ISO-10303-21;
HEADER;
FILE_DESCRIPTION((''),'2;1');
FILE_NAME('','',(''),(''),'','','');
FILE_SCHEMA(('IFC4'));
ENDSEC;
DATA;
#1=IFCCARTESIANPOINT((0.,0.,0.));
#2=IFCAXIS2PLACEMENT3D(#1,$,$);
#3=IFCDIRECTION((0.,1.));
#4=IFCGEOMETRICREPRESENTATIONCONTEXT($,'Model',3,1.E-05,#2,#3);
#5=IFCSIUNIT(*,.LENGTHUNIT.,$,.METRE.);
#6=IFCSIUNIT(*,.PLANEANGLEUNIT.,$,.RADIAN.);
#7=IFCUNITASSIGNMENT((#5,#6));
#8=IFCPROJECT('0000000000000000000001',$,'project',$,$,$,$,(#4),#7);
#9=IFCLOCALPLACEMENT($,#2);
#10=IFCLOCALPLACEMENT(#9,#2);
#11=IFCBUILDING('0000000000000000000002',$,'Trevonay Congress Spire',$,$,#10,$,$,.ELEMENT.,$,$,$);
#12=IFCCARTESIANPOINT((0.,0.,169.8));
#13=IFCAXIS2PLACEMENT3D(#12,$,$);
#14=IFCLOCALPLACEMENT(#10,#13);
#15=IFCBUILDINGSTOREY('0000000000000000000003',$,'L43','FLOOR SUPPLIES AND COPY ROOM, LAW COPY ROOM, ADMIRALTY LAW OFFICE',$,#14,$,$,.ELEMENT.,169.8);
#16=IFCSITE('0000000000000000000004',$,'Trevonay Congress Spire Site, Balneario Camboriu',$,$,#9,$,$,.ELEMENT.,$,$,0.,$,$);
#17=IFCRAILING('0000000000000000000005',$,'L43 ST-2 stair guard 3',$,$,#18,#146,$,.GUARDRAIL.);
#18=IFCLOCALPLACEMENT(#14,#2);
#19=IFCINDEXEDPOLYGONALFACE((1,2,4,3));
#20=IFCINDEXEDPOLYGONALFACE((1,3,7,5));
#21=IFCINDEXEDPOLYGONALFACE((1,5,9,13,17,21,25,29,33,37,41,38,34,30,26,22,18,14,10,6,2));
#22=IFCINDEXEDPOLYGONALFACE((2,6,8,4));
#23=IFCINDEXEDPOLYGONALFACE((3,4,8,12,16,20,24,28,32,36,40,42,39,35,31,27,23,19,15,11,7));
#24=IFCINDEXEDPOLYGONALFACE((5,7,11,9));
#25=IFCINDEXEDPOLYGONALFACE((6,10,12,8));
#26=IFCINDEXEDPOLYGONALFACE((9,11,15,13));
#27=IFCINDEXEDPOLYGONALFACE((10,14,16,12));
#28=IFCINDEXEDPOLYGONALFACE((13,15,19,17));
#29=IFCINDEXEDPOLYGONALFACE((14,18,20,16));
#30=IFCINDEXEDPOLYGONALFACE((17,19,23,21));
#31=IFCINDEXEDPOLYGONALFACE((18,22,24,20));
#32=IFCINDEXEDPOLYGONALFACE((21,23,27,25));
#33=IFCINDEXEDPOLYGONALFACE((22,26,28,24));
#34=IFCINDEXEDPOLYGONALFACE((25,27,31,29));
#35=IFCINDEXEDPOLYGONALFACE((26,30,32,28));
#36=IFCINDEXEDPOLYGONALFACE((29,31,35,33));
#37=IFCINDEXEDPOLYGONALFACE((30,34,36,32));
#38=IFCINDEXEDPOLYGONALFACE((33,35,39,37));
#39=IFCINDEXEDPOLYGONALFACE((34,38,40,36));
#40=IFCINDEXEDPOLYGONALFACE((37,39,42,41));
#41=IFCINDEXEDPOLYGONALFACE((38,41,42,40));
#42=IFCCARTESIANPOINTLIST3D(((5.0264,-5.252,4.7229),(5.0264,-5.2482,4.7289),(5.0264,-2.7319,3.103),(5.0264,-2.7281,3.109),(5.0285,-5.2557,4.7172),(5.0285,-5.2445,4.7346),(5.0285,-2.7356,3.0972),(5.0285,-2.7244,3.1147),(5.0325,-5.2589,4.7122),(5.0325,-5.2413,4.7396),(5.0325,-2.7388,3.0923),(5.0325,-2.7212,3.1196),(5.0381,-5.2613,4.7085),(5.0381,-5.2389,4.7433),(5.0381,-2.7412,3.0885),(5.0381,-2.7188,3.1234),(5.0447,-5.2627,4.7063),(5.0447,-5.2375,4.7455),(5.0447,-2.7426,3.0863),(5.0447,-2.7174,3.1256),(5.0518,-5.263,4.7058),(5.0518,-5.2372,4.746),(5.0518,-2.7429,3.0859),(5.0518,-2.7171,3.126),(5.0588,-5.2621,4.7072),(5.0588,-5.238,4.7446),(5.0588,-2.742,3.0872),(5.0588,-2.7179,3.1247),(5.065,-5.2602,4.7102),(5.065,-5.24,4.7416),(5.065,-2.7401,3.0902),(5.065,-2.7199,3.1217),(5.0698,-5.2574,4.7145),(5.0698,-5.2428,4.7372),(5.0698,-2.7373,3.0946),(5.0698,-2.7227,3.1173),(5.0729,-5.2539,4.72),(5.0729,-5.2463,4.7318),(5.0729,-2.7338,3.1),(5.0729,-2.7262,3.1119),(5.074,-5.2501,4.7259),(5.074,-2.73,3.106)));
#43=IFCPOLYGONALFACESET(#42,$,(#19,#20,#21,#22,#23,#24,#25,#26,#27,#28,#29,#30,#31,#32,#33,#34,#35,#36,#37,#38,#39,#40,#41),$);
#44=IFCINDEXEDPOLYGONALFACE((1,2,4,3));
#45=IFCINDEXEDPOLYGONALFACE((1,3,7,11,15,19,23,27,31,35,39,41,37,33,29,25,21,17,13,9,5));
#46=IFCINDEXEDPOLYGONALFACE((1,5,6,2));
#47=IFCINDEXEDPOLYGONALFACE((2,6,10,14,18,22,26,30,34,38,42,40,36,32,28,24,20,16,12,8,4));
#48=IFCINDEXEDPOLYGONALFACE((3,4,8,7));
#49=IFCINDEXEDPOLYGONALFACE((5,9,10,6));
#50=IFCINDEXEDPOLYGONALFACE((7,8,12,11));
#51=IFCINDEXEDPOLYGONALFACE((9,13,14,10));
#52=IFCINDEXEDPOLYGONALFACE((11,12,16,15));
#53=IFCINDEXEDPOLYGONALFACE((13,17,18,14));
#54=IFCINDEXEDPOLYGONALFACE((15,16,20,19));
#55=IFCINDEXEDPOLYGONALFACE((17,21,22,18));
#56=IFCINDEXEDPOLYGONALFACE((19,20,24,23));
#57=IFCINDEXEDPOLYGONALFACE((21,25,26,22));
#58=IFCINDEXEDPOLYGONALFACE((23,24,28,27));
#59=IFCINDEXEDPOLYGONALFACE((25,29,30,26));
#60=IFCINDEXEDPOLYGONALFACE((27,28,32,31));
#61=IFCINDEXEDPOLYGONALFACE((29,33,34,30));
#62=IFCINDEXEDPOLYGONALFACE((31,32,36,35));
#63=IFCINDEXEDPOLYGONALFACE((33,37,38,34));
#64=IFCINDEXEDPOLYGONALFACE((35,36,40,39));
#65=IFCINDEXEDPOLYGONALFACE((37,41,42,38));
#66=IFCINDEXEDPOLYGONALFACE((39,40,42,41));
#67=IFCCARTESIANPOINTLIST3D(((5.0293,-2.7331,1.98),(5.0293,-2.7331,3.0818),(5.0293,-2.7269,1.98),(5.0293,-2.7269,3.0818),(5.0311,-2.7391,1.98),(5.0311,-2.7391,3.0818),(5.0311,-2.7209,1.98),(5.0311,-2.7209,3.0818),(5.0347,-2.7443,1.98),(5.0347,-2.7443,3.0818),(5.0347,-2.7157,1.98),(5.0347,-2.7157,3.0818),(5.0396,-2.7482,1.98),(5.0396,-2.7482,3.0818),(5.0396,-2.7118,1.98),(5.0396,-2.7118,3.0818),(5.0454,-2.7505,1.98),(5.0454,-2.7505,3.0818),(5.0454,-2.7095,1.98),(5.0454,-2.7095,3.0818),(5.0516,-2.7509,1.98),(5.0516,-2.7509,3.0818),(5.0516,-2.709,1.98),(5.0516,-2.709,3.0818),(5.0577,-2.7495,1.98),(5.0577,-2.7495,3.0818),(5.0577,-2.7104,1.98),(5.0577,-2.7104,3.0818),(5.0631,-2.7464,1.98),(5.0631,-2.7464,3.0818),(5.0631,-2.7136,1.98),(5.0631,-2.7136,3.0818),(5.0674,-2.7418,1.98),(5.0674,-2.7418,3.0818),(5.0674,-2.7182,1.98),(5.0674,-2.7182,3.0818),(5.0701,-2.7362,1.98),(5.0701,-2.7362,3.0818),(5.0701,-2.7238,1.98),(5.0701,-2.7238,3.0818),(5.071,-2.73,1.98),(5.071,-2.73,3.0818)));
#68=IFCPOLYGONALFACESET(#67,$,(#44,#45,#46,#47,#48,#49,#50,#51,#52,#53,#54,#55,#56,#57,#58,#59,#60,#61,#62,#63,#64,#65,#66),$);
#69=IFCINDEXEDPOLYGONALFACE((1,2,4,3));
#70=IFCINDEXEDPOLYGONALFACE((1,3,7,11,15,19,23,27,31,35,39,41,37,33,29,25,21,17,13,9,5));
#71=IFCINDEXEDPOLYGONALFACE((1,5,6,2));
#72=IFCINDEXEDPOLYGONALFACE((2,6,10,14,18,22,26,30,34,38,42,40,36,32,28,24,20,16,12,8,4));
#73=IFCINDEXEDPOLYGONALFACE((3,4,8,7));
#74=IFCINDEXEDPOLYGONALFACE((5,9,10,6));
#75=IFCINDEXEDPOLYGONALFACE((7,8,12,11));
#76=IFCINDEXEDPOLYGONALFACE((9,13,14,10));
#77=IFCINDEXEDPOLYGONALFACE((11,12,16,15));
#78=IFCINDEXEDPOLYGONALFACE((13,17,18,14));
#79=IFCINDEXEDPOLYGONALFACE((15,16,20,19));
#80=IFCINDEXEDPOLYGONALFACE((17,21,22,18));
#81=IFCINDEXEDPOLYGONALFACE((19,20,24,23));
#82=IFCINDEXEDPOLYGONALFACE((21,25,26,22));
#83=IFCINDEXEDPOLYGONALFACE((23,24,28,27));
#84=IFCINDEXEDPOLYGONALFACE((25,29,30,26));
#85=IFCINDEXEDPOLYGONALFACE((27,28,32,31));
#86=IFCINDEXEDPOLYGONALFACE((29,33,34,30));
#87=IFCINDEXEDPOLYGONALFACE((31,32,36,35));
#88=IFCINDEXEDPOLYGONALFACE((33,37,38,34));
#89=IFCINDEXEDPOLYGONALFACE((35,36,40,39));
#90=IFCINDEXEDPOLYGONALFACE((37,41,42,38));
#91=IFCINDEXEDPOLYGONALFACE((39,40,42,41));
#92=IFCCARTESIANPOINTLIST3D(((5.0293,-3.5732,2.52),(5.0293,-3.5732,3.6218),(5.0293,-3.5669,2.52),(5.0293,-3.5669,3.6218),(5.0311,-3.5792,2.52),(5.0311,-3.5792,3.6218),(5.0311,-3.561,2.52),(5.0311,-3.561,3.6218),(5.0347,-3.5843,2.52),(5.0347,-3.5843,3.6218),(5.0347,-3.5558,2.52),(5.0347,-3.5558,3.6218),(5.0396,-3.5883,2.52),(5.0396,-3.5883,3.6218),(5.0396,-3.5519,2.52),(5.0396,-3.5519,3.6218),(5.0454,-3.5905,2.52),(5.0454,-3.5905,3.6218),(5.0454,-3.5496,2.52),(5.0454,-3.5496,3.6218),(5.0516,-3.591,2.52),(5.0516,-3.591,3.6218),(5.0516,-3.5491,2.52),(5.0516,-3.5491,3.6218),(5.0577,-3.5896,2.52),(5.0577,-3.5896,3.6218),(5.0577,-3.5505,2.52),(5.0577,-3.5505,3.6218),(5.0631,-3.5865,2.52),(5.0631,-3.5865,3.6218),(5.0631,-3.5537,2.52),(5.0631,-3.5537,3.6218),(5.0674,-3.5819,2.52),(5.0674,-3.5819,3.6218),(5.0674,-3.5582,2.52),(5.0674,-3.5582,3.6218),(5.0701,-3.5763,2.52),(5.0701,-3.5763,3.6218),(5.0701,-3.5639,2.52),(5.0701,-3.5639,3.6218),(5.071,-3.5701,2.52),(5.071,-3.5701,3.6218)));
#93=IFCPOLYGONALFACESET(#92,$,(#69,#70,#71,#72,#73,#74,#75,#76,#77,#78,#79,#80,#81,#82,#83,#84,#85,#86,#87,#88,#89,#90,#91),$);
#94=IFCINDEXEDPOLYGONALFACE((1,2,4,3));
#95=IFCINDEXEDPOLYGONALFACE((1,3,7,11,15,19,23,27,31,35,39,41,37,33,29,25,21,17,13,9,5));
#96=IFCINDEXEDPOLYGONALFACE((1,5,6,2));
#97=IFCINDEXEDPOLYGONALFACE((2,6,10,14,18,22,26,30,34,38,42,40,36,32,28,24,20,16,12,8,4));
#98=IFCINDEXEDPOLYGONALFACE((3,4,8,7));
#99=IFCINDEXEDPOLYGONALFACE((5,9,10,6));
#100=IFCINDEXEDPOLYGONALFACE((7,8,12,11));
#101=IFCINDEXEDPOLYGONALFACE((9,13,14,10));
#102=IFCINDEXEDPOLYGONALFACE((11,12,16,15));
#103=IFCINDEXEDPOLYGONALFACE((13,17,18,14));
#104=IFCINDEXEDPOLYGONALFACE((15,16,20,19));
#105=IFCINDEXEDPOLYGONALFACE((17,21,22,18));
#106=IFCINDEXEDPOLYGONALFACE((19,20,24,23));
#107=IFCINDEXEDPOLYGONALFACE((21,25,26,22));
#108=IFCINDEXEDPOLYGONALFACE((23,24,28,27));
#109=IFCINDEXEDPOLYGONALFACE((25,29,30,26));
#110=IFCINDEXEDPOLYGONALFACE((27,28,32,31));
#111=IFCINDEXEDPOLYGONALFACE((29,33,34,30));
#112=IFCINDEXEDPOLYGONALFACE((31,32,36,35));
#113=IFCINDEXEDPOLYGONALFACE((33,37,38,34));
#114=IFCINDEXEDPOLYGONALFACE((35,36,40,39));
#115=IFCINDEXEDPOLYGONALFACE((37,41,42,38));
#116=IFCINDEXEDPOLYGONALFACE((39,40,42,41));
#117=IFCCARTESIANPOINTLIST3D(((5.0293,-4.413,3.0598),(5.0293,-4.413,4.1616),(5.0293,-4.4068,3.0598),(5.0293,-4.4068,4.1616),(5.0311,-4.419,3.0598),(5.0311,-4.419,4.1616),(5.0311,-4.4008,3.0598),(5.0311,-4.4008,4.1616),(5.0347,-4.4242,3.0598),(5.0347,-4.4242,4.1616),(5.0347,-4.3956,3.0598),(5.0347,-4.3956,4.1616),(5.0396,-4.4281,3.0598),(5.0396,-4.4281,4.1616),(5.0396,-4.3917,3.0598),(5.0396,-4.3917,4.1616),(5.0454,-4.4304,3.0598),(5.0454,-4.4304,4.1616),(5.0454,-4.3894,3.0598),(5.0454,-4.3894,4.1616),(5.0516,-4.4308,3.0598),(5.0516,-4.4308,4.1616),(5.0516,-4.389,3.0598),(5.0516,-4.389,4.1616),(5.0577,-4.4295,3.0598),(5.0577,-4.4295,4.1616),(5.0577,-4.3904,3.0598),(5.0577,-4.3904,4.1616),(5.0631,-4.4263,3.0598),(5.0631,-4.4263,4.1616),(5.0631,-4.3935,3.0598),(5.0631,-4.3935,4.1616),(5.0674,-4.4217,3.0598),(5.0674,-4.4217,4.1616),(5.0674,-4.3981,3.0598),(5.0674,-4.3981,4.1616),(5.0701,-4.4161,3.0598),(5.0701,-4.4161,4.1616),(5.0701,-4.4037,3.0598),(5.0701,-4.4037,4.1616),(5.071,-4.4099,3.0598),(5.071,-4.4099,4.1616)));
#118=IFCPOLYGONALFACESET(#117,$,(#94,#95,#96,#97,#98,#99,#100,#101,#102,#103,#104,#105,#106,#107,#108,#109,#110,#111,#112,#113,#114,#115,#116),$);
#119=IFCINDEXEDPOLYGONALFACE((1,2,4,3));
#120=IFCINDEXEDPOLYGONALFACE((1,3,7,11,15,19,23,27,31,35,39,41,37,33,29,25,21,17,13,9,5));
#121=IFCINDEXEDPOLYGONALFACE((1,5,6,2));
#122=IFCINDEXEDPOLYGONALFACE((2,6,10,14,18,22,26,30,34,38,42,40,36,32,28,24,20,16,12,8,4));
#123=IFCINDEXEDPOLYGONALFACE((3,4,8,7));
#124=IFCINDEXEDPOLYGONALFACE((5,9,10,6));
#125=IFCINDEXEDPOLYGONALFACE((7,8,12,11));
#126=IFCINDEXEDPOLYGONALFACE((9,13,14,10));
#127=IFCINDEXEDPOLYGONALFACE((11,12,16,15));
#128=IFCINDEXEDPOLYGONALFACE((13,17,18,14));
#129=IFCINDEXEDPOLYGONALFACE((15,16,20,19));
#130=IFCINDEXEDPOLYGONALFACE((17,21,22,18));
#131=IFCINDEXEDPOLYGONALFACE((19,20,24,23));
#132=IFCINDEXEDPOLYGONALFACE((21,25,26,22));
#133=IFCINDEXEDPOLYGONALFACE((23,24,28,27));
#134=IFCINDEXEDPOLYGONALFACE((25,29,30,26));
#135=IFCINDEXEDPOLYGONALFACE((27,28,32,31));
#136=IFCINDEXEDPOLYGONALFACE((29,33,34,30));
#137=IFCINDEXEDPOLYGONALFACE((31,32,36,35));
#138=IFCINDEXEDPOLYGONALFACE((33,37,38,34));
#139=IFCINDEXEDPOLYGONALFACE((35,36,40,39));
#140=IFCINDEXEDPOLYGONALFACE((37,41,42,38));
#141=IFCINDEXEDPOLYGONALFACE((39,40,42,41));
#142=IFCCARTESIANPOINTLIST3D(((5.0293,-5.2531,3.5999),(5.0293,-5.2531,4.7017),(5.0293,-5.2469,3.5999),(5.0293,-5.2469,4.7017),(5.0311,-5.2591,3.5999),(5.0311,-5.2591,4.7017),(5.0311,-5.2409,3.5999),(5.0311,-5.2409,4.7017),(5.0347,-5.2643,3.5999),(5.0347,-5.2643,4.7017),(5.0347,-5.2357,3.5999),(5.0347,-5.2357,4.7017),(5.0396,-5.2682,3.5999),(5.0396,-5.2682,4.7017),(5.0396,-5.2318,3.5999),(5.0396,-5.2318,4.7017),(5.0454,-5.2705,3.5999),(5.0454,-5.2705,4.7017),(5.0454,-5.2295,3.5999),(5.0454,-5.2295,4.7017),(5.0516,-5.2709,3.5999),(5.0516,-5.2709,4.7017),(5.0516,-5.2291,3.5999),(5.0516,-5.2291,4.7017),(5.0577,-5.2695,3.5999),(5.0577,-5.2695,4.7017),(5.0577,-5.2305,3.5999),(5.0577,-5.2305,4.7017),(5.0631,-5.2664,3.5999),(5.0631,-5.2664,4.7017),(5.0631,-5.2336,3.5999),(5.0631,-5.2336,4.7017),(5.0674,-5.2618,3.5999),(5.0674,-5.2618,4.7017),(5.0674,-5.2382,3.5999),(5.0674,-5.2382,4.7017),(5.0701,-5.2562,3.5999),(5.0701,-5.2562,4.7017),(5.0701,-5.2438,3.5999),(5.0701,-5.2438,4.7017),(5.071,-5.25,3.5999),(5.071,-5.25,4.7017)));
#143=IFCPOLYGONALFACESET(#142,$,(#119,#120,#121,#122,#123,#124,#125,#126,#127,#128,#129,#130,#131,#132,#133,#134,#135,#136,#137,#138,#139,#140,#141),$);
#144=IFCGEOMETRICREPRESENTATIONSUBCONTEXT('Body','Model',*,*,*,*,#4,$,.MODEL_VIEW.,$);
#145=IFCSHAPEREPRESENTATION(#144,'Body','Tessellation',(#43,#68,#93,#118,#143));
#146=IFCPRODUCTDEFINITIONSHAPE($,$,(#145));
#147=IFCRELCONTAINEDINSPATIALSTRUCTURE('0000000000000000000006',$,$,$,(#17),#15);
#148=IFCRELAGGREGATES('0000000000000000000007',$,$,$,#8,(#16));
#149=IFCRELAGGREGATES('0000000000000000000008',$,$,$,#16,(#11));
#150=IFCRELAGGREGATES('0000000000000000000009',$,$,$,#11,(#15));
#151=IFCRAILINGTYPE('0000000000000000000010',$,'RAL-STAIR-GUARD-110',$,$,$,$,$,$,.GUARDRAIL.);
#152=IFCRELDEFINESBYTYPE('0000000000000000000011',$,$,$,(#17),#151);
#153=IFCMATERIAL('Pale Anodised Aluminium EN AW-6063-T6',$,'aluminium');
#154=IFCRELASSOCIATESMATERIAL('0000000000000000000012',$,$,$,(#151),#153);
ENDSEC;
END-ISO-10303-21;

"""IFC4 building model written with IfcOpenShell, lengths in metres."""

from ifc_helpers import new_model, si_unit, direction, frame, origin, origin_2d, place, context, subcontext, project, spatial, circle, extrude, material, type_object, element, save


model = new_model("IFC4")

# Units and contexts
model_context = context("Model", 3, precision=1e-05, world=origin(), true_north=direction((0.0, 1.0)))
body_context = subcontext(model_context, "Body", "Model", "MODEL_VIEW")
ifc_project = project(units=[si_unit("LENGTHUNIT", "METRE"), si_unit("PLANEANGLEUNIT", "RADIAN")], contexts=[model_context])

# Site, building, storey
site_placement = place(None, origin())
site = spatial("IfcSite", under=ifc_project, at=site_placement, Name="Trevonay Congress Spire Site, Balneario Camboriu", CompositionType="ELEMENT", RefElevation=0.0)
building_placement = place(site_placement, origin())
building = spatial("IfcBuilding", under=site, at=building_placement, Name="Trevonay Congress Spire", CompositionType="ELEMENT")
storey_placement = place(building_placement, frame((0.0, 0.0, 169.8)))
storey = spatial("IfcBuildingStorey", under=building, at=storey_placement, Name="L43", Description="FLOOR SUPPLIES AND COPY ROOM, LAW COPY ROOM, ADMIRALTY LAW OFFICE", CompositionType="ELEMENT", Elevation=169.8)

# Shared definitions
ifc_material_1 = material(Name="Pale Anodised Aluminium EN AW-6063-T6", Category="aluminium")

# Railing
railing_type_1 = type_object("IfcRailingType", Name="RAL-STAIR-GUARD-110", PredefinedType="GUARDRAIL", material=ifc_material_1)
railing_1_placement = place(storey_placement, frame((5.05, -2.73, 1.98)))
element("IfcRailing", 1, at=railing_1_placement, inside=storey, type_object=railing_type_1, Name="L43 ST-2 stair guard 3", PredefinedType="GUARDRAIL", context=body_context, shape_type="SweptSolid", body=[
    extrude(circle(Radius=0.0239, at=origin_2d()), frame((0.0, 0.0, 1.126), z_axis=(0.0, -0.8412, 0.540725), x_axis=(1.0, 0.0, 0.0)), (0.0, 0.0, 1.0), 2.9958),
    extrude(circle(Radius=0.021, at=origin_2d()), origin(), (0.0, 0.0, 1.0), 1.1018),
    extrude(circle(Radius=0.021, at=origin_2d()), frame((0.0, -0.8401, 0.54)), (0.0, 0.0, 1.0), 1.1018),
    extrude(circle(Radius=0.021, at=origin_2d()), frame((0.0, -1.6799, 1.0798)), (0.0, 0.0, 1.0), 1.1018),
    extrude(circle(Radius=0.021, at=origin_2d()), frame((0.0, -2.52, 1.6199)), (0.0, 0.0, 1.0), 1.1018),
])

save(model, "model.ifc")
